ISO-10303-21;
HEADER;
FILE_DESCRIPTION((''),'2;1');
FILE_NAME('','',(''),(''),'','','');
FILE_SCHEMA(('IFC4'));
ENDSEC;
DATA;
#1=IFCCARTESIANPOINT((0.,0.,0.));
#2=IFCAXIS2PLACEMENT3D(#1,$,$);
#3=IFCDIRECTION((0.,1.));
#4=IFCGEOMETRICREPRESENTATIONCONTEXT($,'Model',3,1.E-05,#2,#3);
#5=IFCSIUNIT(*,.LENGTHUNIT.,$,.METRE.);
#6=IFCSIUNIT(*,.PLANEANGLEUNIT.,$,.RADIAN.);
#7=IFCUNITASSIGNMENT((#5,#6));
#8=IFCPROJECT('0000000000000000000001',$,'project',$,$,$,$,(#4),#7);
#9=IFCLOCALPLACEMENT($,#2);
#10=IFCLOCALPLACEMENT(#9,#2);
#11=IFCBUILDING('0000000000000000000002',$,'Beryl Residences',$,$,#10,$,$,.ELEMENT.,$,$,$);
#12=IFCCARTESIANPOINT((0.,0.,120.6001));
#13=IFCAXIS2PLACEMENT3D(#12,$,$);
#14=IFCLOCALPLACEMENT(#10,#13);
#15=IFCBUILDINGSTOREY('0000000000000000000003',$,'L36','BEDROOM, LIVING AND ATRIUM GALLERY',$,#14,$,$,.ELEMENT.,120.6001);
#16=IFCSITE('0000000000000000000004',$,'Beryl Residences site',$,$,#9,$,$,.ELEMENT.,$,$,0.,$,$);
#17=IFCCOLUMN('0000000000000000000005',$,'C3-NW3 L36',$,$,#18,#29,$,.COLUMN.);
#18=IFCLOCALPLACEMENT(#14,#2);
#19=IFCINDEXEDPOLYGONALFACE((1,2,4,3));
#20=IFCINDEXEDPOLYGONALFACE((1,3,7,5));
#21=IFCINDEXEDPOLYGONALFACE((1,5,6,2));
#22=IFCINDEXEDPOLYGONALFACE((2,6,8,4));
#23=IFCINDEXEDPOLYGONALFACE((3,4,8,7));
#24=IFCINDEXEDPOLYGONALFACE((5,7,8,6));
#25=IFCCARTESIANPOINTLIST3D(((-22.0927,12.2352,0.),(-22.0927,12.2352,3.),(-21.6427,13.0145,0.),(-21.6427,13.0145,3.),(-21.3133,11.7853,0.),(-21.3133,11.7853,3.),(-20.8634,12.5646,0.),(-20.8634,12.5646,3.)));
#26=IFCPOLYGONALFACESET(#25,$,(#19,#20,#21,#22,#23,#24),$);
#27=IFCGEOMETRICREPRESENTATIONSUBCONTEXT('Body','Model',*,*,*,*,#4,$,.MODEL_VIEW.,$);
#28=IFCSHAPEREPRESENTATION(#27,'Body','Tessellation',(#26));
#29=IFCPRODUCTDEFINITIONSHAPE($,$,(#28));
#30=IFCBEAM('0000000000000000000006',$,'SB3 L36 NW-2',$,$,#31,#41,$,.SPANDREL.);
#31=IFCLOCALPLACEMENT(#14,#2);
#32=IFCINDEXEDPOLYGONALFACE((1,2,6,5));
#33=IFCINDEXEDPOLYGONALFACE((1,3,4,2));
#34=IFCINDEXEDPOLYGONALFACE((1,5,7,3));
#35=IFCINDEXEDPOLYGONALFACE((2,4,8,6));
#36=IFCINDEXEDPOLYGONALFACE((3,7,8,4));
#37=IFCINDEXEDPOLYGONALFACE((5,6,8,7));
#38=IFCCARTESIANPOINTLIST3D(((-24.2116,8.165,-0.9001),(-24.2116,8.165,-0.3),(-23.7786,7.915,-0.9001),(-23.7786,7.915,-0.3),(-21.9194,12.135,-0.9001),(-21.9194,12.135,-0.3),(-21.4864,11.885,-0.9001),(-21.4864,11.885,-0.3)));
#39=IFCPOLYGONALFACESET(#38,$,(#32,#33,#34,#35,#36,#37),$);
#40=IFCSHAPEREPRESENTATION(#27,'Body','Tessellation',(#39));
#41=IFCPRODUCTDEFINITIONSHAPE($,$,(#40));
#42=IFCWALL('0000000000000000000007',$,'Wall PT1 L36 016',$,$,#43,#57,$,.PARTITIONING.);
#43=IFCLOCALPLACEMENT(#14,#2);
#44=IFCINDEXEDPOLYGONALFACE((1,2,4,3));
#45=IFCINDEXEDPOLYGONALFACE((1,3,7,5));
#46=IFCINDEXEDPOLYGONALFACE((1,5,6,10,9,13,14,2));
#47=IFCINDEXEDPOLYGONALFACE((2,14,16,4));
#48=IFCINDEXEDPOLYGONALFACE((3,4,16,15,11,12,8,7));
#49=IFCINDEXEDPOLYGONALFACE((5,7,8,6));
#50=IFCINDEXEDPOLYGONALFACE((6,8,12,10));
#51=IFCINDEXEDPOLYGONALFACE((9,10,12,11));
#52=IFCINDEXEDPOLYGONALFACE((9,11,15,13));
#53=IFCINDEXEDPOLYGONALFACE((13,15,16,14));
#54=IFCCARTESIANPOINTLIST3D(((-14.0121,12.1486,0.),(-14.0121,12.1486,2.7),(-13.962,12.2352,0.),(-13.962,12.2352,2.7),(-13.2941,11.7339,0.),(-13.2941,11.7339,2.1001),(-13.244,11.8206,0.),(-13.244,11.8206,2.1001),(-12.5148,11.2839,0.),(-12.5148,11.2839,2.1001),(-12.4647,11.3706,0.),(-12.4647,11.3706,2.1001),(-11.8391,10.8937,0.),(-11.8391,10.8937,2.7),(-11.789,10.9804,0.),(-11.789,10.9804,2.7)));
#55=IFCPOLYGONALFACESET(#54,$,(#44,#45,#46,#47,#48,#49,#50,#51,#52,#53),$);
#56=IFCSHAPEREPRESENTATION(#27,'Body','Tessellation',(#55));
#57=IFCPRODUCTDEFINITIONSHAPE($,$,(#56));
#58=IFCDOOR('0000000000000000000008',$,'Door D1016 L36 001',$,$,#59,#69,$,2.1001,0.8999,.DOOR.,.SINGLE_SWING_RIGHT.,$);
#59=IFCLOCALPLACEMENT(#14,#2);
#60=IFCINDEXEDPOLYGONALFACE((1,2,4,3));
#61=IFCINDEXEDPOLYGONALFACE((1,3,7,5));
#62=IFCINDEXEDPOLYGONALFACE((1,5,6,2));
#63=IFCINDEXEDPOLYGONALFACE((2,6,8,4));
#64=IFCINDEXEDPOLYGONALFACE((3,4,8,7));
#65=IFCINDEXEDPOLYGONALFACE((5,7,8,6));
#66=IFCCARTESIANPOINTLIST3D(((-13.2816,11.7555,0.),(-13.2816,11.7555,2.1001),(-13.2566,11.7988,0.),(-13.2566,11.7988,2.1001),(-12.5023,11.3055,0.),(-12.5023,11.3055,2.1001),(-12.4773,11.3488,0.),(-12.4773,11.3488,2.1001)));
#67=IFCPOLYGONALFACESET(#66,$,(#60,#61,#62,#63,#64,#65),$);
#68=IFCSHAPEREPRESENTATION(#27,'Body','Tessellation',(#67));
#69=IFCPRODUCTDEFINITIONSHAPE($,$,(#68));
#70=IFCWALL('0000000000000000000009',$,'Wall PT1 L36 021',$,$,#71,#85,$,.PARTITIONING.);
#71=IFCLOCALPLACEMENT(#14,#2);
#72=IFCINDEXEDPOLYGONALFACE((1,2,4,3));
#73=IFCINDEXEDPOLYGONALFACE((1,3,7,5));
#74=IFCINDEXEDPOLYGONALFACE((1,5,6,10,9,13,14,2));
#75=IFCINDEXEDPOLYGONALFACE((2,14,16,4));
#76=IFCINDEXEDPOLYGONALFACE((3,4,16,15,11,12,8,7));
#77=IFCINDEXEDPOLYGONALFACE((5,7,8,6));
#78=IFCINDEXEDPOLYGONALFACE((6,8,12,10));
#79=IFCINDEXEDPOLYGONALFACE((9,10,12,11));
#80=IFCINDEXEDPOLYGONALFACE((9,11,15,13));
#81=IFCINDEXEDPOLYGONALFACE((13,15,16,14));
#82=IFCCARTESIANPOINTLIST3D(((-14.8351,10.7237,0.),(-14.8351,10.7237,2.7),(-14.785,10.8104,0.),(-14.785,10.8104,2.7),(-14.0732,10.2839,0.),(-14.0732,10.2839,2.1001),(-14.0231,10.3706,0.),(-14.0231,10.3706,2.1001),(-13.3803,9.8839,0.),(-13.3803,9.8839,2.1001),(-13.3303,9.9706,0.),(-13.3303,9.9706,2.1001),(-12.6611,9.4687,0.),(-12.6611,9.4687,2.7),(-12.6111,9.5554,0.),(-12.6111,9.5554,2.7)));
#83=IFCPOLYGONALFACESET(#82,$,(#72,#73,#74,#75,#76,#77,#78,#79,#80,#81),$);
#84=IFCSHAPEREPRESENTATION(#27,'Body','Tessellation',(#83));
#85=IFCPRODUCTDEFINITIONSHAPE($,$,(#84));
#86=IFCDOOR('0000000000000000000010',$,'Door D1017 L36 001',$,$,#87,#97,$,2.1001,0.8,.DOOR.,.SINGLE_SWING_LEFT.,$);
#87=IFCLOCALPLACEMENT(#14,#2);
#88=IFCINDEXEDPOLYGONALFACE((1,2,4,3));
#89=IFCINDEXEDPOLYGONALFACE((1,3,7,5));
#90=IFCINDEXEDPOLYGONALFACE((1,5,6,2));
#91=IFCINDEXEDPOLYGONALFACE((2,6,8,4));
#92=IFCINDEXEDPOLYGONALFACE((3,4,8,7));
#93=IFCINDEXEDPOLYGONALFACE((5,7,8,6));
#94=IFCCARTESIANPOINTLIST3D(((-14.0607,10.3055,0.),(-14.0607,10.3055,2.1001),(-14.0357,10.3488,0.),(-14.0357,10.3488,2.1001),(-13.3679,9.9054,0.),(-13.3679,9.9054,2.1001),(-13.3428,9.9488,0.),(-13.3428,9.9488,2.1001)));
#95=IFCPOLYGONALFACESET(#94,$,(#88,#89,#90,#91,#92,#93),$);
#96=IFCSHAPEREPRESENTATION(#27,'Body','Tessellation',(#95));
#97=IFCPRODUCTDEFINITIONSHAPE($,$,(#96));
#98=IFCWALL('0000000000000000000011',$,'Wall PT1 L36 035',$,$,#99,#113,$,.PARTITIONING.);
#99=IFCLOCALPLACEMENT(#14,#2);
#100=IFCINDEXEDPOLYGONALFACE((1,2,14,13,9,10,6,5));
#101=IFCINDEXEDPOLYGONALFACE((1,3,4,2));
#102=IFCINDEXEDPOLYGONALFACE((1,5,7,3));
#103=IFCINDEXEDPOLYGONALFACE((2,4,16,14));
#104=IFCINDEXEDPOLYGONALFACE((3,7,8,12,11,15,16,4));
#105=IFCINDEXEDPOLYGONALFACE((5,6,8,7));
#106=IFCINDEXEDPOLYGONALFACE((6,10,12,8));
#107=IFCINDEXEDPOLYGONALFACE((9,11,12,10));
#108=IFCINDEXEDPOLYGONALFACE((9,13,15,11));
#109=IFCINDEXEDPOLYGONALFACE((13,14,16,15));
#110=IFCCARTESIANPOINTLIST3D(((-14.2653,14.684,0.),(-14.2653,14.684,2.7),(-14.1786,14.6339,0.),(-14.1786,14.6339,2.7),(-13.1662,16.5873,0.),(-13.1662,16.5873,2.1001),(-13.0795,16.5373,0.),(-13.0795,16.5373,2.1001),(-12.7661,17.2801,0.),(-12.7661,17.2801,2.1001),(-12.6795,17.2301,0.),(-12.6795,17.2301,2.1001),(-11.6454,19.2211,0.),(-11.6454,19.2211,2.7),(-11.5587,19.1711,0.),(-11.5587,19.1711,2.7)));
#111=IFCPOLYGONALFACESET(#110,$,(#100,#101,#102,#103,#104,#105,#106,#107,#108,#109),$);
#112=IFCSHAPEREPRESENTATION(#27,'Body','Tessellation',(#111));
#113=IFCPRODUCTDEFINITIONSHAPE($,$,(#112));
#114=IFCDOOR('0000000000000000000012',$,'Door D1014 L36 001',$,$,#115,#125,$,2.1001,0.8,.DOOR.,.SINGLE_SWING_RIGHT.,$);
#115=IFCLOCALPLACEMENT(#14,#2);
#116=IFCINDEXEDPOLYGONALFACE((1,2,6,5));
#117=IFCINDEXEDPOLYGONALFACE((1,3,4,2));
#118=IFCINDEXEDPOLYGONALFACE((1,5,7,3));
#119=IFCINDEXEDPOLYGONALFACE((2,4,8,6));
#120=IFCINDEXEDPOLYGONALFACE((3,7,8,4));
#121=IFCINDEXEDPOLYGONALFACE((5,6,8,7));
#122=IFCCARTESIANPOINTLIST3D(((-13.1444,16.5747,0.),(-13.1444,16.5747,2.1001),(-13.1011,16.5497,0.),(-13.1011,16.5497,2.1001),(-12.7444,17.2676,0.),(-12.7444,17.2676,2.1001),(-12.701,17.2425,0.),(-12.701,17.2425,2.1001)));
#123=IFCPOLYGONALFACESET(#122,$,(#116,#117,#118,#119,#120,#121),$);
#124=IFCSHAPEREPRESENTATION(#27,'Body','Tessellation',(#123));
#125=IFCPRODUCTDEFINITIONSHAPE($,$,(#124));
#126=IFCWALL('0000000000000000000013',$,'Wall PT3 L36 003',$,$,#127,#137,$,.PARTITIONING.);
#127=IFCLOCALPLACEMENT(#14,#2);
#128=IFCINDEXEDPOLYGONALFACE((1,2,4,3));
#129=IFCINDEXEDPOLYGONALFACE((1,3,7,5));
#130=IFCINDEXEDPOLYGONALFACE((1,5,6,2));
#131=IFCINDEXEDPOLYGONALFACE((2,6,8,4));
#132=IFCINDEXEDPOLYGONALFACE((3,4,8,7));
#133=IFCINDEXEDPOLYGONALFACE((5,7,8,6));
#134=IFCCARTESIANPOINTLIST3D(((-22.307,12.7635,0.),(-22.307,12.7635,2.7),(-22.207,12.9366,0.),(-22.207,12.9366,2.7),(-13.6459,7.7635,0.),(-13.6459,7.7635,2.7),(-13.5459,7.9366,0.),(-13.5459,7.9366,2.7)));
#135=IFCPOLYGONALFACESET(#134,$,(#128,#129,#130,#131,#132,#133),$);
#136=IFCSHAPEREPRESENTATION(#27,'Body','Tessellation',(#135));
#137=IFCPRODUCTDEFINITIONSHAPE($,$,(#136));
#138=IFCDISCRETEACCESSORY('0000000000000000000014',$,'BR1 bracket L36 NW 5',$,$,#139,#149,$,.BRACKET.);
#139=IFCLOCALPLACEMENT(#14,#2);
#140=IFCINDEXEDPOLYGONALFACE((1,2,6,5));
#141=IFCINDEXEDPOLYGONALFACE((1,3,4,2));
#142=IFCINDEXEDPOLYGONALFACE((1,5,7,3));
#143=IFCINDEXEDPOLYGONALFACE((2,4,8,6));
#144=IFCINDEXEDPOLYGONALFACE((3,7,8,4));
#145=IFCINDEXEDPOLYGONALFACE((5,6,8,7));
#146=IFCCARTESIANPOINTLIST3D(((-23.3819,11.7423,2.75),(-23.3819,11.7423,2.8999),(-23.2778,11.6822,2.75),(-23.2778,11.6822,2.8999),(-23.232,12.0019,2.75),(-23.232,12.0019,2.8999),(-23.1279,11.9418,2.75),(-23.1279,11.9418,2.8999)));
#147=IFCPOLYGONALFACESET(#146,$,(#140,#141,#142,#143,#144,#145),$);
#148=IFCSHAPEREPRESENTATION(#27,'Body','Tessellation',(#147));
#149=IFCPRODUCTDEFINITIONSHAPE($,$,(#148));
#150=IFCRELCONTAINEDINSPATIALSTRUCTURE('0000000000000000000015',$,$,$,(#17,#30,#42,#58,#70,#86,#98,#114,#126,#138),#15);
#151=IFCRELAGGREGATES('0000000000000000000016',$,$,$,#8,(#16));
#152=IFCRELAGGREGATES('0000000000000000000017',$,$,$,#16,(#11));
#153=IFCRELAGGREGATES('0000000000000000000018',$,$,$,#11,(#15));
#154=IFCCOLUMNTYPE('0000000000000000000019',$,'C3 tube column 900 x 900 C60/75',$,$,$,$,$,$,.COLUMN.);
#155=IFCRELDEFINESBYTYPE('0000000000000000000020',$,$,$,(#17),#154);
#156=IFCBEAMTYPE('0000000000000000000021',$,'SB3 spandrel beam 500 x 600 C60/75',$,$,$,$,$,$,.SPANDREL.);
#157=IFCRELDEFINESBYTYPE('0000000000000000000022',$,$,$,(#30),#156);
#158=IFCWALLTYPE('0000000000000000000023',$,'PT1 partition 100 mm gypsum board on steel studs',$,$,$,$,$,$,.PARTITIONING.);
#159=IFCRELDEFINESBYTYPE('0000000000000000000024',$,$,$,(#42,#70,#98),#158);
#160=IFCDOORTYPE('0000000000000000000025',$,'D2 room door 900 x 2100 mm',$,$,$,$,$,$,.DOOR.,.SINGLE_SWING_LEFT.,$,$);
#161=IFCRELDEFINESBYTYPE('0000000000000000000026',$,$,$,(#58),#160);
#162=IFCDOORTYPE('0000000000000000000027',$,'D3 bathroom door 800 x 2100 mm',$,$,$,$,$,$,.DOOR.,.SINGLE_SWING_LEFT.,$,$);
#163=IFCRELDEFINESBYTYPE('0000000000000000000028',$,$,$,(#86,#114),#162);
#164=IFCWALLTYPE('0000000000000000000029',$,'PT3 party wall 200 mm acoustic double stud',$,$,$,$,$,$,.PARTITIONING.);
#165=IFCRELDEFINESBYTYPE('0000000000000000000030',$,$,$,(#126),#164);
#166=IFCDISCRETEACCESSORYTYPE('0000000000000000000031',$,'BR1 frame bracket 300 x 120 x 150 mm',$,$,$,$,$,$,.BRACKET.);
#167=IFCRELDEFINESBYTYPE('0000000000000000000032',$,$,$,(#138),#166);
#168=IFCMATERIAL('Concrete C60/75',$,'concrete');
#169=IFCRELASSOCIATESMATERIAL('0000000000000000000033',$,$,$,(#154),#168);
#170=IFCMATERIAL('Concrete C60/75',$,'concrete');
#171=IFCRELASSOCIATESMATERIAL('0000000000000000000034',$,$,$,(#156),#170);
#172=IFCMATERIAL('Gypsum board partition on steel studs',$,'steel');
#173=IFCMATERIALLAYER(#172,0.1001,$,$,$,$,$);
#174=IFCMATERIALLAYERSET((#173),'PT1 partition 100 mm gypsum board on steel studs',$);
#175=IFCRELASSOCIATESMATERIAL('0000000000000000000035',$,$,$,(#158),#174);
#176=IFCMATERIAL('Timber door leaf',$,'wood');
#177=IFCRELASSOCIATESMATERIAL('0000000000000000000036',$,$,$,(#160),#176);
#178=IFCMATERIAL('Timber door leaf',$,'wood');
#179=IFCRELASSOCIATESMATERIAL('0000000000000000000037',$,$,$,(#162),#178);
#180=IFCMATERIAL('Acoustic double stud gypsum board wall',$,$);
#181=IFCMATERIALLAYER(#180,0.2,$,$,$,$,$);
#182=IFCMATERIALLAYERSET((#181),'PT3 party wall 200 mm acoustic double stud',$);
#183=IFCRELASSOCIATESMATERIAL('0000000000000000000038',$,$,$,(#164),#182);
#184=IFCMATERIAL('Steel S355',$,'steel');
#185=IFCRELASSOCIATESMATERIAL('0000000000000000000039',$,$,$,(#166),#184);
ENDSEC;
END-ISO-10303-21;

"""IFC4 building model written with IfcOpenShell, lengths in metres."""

from ifc_helpers import new_model, si_unit, direction, frame, frame_2d, origin, origin_2d, place, context, subcontext, project, spatial, polyline, rectangle, outline, extrude, source, transform, mapped, material, layer, layer_set, material_profile, profile_set, type_object, type_shapes, element, fill, save


model = new_model("IFC4")

# Units and contexts
model_context = context("Model", 3, precision=1e-05, world=origin(), true_north=direction((0.0, 1.0)))
body_context = subcontext(model_context, "Body", "Model", "MODEL_VIEW")
ifc_project = project(units=[si_unit("LENGTHUNIT", "METRE"), si_unit("PLANEANGLEUNIT", "RADIAN")], contexts=[model_context])

# Site, building, storey
site_placement = place(None, origin())
site = spatial("IfcSite", under=ifc_project, at=site_placement, Name="Beryl Residences site", CompositionType="ELEMENT", RefElevation=0.0)
building_placement = place(site_placement, origin())
building = spatial("IfcBuilding", under=site, at=building_placement, Name="Beryl Residences", CompositionType="ELEMENT")
storey_placement = place(building_placement, frame((0.0, 0.0, 120.6001)))
storey = spatial("IfcBuildingStorey", under=building, at=storey_placement, Name="L36", Description="BEDROOM, LIVING AND ATRIUM GALLERY", CompositionType="ELEMENT", Elevation=120.6001)

# Column
ifc_material_1 = material(Name="Concrete C60/75", Category="concrete")
ifc_material_profile_1 = material_profile(ifc_material_1, rectangle(XDim=0.8999, YDim=0.8999, at=origin_2d()))
ifc_profile_set_1 = profile_set([ifc_material_profile_1], Name="Concrete C60/75")
column_type = type_object("IfcColumnType", Name="C3 tube column 900 x 900 C60/75", PredefinedType="COLUMN", material=ifc_profile_set_1)
column_placement = place(storey_placement, frame((-21.478, 12.3999, 0.0), z_axis=(0.0, 0.0, 1.0), x_axis=(-0.5, -0.866025, 0.0)))
element("IfcColumn", 1, at=column_placement, inside=storey, type_object=column_type, Name="C3-NW3 L36", PredefinedType="COLUMN", context=body_context, shape_type="SweptSolid", body=[
    extrude(rectangle(XDim=0.8999, YDim=0.8999, at=origin_2d()), origin(), (0.0, 0.0, 1.0), 3.0),
])

# Beam
ifc_material_2 = material(Name="Concrete C60/75", Category="concrete")
ifc_material_profile_2 = material_profile(ifc_material_2, rectangle(XDim=0.5, YDim=0.6001, at=origin_2d()))
ifc_profile_set_2 = profile_set([ifc_material_profile_2], Name="Concrete C60/75")
beam_type = type_object("IfcBeamType", Name="SB3 spandrel beam 500 x 600 C60/75", PredefinedType="SPANDREL", material=ifc_profile_set_2)
beam_placement = place(storey_placement, frame((-21.7029, 12.01, -0.6001), z_axis=(-0.500028, -0.866009, 0.0), x_axis=(0.866009, -0.500028, 0.0)))
element("IfcBeam", 2, at=beam_placement, inside=storey, type_object=beam_type, Name="SB3 L36 NW-2", PredefinedType="SPANDREL", context=body_context, shape_type="SweptSolid", body=[
    extrude(rectangle(XDim=0.5, YDim=0.6001, at=origin_2d()), origin(), (0.0, 0.0, 1.0), 4.5842),
])

# Walls, openings, doors
ifc_material_3 = material(Name="Gypsum board partition on steel studs", Category="steel")
ifc_layer_1 = layer(ifc_material_3, 0.1001)
ifc_layer_set_1 = layer_set([ifc_layer_1], Name="PT1 partition 100 mm gypsum board on steel studs")
wall_type_1 = type_object("IfcWallType", Name="PT1 partition 100 mm gypsum board on steel studs", PredefinedType="PARTITIONING", material=ifc_layer_set_1)
wall_1_placement = place(storey_placement, frame((-13.9871, 12.1919, 0.0), z_axis=(0.0, 0.0, 1.0), x_axis=(0.865983, -0.500073, 0.0)))
wall_1 = element("IfcWall", 3, at=wall_1_placement, inside=storey, type_object=wall_type_1, Name="Wall PT1 L36 016", PredefinedType="PARTITIONING", context=body_context, shape_type="SweptSolid", body=[
    extrude(rectangle(XDim=2.5093, YDim=0.1001, at=frame_2d((1.2546, 0.0))), origin(), (0.0, 0.0, 1.0), 2.7),
])
opening_1_placement = place(wall_1_placement, frame((0.8291, 0.0, 0.0)))
opening_1 = element("IfcOpeningElement", 4, at=opening_1_placement, cuts=wall_1, PredefinedType="OPENING", context=body_context, shape_type="SweptSolid", body=[
    extrude(rectangle(XDim=0.8999, YDim=2.1001, at=frame_2d((0.45, 1.05))), frame((0.0, 0.0601, 0.0), z_axis=(0.0, -1.0, 0.0), x_axis=(1.0, 0.0, 0.0)), (0.0, 0.0, 1.0), 0.1201),
])
ifc_material_4 = material(Name="Timber door leaf", Category="wood")
door_type_1 = type_object("IfcDoorType", Name="D2 room door 900 x 2100 mm", OperationType="SINGLE_SWING_LEFT", PredefinedType="DOOR", material=ifc_material_4)
door_1_placement = place(opening_1_placement, origin())
door_1 = element("IfcDoor", 5, at=door_1_placement, inside=storey, type_object=door_type_1, Name="Door D1016 L36 001", OperationType="SINGLE_SWING_RIGHT", OverallHeight=2.1001, OverallWidth=0.8999, PredefinedType="DOOR", context=body_context, shape_type="SweptSolid", body=[
    extrude(rectangle(XDim=0.8999, YDim=2.1001, at=frame_2d((0.45, 1.05))), frame((0.0, 0.0249, 0.0), z_axis=(0.0, -1.0, 0.0), x_axis=(1.0, 0.0, 0.0)), (0.0, 0.0, 1.0), 0.05),
])
fill(opening_1, door_1)
wall_2_placement = place(storey_placement, frame((-14.8101, 10.7671, 0.0), z_axis=(0.0, 0.0, 1.0), x_axis=(0.866038, -0.499978, 0.0)))
wall_2 = element("IfcWall", 6, at=wall_2_placement, inside=storey, type_object=wall_type_1, Name="Wall PT1 L36 021", PredefinedType="PARTITIONING", context=body_context, shape_type="SweptSolid", body=[
    extrude(rectangle(XDim=2.5103, YDim=0.1001, at=frame_2d((1.2551, 0.0))), origin(), (0.0, 0.0, 1.0), 2.7),
])
opening_2_placement = place(wall_2_placement, frame((0.8799, 0.0, 0.0)))
opening_2 = element("IfcOpeningElement", 7, at=opening_2_placement, cuts=wall_2, PredefinedType="OPENING", context=body_context, shape_type="SweptSolid", body=[
    extrude(rectangle(XDim=0.8, YDim=2.1001, at=frame_2d((0.3999, 1.05))), frame((0.0, 0.0601, 0.0), z_axis=(0.0, -1.0, 0.0), x_axis=(1.0, 0.0, 0.0)), (0.0, 0.0, 1.0), 0.1201),
])
ifc_material_5 = material(Name="Timber door leaf", Category="wood")
door_type_2 = type_object("IfcDoorType", Name="D3 bathroom door 800 x 2100 mm", OperationType="SINGLE_SWING_LEFT", PredefinedType="DOOR", material=ifc_material_5)
door_2_placement = place(opening_2_placement, origin())
door_2 = element("IfcDoor", 8, at=door_2_placement, inside=storey, type_object=door_type_2, Name="Door D1017 L36 001", OperationType="SINGLE_SWING_LEFT", OverallHeight=2.1001, OverallWidth=0.8, PredefinedType="DOOR", context=body_context, shape_type="SweptSolid", body=[
    extrude(rectangle(XDim=0.8, YDim=2.1001, at=frame_2d((0.3999, 1.05))), frame((0.0, 0.0249, 0.0), z_axis=(0.0, -1.0, 0.0), x_axis=(1.0, 0.0, 0.0)), (0.0, 0.0, 1.0), 0.05),
])
fill(opening_2, door_2)
wall_3_placement = place(storey_placement, frame((-14.2219, 14.6589, 0.0), z_axis=(0.0, 0.0, 1.0), x_axis=(0.500053, 0.865995, 0.0)))
wall_3 = element("IfcWall", 9, at=wall_3_placement, inside=storey, type_object=wall_type_1, Name="Wall PT1 L36 035", PredefinedType="PARTITIONING", context=body_context, shape_type="SweptSolid", body=[
    extrude(rectangle(XDim=5.2393, YDim=0.1001, at=frame_2d((2.6196, 0.0))), origin(), (0.0, 0.0, 1.0), 2.7),
])
opening_3_placement = place(wall_3_placement, frame((2.198, 0.0, 0.0)))
opening_3 = element("IfcOpeningElement", 10, at=opening_3_placement, cuts=wall_3, PredefinedType="OPENING", context=body_context, shape_type="SweptSolid", body=[
    extrude(rectangle(XDim=0.8, YDim=2.1001, at=frame_2d((0.3999, 1.05))), frame((0.0, 0.0601, 0.0), z_axis=(0.0, -1.0, 0.0), x_axis=(1.0, 0.0, 0.0)), (0.0, 0.0, 1.0), 0.1201),
])
door_3_placement = place(opening_3_placement, origin())
door_3 = element("IfcDoor", 11, at=door_3_placement, inside=storey, type_object=door_type_2, Name="Door D1014 L36 001", OperationType="SINGLE_SWING_RIGHT", OverallHeight=2.1001, OverallWidth=0.8, PredefinedType="DOOR", context=body_context, shape_type="SweptSolid", body=[
    extrude(rectangle(XDim=0.8, YDim=2.1001, at=frame_2d((0.3999, 1.05))), frame((0.0, 0.0249, 0.0), z_axis=(0.0, -1.0, 0.0), x_axis=(1.0, 0.0, 0.0)), (0.0, 0.0, 1.0), 0.05),
])
fill(opening_3, door_3)

# Wall
ifc_material_6 = material(Name="Acoustic double stud gypsum board wall")
ifc_layer_2 = layer(ifc_material_6, 0.2)
ifc_layer_set_2 = layer_set([ifc_layer_2], Name="PT3 party wall 200 mm acoustic double stud")
wall_type_2 = type_object("IfcWallType", Name="PT3 party wall 200 mm acoustic double stud", PredefinedType="PARTITIONING", material=ifc_layer_set_2)
wall_4_placement = place(storey_placement, frame((-22.2571, 12.8501, 0.0), z_axis=(0.0, 0.0, 1.0), x_axis=(0.866047, -0.499962, 0.0)))
element("IfcWall", 12, at=wall_4_placement, inside=storey, type_object=wall_type_2, Name="Wall PT3 L36 003", PredefinedType="PARTITIONING", context=body_context, shape_type="SweptSolid", body=[
    extrude(rectangle(XDim=10.0007, YDim=0.2, at=frame_2d((5.0005, 0.0))), origin(), (0.0, 0.0, 1.0), 2.7),
])

# Discrete accessory
ifc_material_7 = material(Name="Steel S355", Category="steel")
discrete_accessory_type = type_object("IfcDiscreteAccessoryType", Name="BR1 frame bracket 300 x 120 x 150 mm", PredefinedType="BRACKET", material=ifc_material_7)
shared_shape_1 = source(origin(), body_context, "Body", "SweptSolid", [
    extrude(outline(polyline([(-0.1499, 0.0), (0.1499, 0.0), (0.1499, 0.1201), (-0.1499, 0.1201), (-0.1499, 0.0)])), origin(), (0.0, 0.0, 1.0), 0.1499),
])
type_shapes(discrete_accessory_type, [shared_shape_1])
discrete_accessory_placement = place(storey_placement, frame((-23.2029, 11.812, 2.75), z_axis=(0.0, 0.0, 1.0), x_axis=(0.5, 0.866025, 0.0)))
element("IfcDiscreteAccessory", 13, at=discrete_accessory_placement, inside=storey, type_object=discrete_accessory_type, Name="BR1 bracket L36 NW 5", PredefinedType="BRACKET", context=body_context, shape_type="MappedRepresentation", body=[
    mapped(shared_shape_1, transform((0.0, 0.0, 0.0))),
])

save(model, "model.ifc")
